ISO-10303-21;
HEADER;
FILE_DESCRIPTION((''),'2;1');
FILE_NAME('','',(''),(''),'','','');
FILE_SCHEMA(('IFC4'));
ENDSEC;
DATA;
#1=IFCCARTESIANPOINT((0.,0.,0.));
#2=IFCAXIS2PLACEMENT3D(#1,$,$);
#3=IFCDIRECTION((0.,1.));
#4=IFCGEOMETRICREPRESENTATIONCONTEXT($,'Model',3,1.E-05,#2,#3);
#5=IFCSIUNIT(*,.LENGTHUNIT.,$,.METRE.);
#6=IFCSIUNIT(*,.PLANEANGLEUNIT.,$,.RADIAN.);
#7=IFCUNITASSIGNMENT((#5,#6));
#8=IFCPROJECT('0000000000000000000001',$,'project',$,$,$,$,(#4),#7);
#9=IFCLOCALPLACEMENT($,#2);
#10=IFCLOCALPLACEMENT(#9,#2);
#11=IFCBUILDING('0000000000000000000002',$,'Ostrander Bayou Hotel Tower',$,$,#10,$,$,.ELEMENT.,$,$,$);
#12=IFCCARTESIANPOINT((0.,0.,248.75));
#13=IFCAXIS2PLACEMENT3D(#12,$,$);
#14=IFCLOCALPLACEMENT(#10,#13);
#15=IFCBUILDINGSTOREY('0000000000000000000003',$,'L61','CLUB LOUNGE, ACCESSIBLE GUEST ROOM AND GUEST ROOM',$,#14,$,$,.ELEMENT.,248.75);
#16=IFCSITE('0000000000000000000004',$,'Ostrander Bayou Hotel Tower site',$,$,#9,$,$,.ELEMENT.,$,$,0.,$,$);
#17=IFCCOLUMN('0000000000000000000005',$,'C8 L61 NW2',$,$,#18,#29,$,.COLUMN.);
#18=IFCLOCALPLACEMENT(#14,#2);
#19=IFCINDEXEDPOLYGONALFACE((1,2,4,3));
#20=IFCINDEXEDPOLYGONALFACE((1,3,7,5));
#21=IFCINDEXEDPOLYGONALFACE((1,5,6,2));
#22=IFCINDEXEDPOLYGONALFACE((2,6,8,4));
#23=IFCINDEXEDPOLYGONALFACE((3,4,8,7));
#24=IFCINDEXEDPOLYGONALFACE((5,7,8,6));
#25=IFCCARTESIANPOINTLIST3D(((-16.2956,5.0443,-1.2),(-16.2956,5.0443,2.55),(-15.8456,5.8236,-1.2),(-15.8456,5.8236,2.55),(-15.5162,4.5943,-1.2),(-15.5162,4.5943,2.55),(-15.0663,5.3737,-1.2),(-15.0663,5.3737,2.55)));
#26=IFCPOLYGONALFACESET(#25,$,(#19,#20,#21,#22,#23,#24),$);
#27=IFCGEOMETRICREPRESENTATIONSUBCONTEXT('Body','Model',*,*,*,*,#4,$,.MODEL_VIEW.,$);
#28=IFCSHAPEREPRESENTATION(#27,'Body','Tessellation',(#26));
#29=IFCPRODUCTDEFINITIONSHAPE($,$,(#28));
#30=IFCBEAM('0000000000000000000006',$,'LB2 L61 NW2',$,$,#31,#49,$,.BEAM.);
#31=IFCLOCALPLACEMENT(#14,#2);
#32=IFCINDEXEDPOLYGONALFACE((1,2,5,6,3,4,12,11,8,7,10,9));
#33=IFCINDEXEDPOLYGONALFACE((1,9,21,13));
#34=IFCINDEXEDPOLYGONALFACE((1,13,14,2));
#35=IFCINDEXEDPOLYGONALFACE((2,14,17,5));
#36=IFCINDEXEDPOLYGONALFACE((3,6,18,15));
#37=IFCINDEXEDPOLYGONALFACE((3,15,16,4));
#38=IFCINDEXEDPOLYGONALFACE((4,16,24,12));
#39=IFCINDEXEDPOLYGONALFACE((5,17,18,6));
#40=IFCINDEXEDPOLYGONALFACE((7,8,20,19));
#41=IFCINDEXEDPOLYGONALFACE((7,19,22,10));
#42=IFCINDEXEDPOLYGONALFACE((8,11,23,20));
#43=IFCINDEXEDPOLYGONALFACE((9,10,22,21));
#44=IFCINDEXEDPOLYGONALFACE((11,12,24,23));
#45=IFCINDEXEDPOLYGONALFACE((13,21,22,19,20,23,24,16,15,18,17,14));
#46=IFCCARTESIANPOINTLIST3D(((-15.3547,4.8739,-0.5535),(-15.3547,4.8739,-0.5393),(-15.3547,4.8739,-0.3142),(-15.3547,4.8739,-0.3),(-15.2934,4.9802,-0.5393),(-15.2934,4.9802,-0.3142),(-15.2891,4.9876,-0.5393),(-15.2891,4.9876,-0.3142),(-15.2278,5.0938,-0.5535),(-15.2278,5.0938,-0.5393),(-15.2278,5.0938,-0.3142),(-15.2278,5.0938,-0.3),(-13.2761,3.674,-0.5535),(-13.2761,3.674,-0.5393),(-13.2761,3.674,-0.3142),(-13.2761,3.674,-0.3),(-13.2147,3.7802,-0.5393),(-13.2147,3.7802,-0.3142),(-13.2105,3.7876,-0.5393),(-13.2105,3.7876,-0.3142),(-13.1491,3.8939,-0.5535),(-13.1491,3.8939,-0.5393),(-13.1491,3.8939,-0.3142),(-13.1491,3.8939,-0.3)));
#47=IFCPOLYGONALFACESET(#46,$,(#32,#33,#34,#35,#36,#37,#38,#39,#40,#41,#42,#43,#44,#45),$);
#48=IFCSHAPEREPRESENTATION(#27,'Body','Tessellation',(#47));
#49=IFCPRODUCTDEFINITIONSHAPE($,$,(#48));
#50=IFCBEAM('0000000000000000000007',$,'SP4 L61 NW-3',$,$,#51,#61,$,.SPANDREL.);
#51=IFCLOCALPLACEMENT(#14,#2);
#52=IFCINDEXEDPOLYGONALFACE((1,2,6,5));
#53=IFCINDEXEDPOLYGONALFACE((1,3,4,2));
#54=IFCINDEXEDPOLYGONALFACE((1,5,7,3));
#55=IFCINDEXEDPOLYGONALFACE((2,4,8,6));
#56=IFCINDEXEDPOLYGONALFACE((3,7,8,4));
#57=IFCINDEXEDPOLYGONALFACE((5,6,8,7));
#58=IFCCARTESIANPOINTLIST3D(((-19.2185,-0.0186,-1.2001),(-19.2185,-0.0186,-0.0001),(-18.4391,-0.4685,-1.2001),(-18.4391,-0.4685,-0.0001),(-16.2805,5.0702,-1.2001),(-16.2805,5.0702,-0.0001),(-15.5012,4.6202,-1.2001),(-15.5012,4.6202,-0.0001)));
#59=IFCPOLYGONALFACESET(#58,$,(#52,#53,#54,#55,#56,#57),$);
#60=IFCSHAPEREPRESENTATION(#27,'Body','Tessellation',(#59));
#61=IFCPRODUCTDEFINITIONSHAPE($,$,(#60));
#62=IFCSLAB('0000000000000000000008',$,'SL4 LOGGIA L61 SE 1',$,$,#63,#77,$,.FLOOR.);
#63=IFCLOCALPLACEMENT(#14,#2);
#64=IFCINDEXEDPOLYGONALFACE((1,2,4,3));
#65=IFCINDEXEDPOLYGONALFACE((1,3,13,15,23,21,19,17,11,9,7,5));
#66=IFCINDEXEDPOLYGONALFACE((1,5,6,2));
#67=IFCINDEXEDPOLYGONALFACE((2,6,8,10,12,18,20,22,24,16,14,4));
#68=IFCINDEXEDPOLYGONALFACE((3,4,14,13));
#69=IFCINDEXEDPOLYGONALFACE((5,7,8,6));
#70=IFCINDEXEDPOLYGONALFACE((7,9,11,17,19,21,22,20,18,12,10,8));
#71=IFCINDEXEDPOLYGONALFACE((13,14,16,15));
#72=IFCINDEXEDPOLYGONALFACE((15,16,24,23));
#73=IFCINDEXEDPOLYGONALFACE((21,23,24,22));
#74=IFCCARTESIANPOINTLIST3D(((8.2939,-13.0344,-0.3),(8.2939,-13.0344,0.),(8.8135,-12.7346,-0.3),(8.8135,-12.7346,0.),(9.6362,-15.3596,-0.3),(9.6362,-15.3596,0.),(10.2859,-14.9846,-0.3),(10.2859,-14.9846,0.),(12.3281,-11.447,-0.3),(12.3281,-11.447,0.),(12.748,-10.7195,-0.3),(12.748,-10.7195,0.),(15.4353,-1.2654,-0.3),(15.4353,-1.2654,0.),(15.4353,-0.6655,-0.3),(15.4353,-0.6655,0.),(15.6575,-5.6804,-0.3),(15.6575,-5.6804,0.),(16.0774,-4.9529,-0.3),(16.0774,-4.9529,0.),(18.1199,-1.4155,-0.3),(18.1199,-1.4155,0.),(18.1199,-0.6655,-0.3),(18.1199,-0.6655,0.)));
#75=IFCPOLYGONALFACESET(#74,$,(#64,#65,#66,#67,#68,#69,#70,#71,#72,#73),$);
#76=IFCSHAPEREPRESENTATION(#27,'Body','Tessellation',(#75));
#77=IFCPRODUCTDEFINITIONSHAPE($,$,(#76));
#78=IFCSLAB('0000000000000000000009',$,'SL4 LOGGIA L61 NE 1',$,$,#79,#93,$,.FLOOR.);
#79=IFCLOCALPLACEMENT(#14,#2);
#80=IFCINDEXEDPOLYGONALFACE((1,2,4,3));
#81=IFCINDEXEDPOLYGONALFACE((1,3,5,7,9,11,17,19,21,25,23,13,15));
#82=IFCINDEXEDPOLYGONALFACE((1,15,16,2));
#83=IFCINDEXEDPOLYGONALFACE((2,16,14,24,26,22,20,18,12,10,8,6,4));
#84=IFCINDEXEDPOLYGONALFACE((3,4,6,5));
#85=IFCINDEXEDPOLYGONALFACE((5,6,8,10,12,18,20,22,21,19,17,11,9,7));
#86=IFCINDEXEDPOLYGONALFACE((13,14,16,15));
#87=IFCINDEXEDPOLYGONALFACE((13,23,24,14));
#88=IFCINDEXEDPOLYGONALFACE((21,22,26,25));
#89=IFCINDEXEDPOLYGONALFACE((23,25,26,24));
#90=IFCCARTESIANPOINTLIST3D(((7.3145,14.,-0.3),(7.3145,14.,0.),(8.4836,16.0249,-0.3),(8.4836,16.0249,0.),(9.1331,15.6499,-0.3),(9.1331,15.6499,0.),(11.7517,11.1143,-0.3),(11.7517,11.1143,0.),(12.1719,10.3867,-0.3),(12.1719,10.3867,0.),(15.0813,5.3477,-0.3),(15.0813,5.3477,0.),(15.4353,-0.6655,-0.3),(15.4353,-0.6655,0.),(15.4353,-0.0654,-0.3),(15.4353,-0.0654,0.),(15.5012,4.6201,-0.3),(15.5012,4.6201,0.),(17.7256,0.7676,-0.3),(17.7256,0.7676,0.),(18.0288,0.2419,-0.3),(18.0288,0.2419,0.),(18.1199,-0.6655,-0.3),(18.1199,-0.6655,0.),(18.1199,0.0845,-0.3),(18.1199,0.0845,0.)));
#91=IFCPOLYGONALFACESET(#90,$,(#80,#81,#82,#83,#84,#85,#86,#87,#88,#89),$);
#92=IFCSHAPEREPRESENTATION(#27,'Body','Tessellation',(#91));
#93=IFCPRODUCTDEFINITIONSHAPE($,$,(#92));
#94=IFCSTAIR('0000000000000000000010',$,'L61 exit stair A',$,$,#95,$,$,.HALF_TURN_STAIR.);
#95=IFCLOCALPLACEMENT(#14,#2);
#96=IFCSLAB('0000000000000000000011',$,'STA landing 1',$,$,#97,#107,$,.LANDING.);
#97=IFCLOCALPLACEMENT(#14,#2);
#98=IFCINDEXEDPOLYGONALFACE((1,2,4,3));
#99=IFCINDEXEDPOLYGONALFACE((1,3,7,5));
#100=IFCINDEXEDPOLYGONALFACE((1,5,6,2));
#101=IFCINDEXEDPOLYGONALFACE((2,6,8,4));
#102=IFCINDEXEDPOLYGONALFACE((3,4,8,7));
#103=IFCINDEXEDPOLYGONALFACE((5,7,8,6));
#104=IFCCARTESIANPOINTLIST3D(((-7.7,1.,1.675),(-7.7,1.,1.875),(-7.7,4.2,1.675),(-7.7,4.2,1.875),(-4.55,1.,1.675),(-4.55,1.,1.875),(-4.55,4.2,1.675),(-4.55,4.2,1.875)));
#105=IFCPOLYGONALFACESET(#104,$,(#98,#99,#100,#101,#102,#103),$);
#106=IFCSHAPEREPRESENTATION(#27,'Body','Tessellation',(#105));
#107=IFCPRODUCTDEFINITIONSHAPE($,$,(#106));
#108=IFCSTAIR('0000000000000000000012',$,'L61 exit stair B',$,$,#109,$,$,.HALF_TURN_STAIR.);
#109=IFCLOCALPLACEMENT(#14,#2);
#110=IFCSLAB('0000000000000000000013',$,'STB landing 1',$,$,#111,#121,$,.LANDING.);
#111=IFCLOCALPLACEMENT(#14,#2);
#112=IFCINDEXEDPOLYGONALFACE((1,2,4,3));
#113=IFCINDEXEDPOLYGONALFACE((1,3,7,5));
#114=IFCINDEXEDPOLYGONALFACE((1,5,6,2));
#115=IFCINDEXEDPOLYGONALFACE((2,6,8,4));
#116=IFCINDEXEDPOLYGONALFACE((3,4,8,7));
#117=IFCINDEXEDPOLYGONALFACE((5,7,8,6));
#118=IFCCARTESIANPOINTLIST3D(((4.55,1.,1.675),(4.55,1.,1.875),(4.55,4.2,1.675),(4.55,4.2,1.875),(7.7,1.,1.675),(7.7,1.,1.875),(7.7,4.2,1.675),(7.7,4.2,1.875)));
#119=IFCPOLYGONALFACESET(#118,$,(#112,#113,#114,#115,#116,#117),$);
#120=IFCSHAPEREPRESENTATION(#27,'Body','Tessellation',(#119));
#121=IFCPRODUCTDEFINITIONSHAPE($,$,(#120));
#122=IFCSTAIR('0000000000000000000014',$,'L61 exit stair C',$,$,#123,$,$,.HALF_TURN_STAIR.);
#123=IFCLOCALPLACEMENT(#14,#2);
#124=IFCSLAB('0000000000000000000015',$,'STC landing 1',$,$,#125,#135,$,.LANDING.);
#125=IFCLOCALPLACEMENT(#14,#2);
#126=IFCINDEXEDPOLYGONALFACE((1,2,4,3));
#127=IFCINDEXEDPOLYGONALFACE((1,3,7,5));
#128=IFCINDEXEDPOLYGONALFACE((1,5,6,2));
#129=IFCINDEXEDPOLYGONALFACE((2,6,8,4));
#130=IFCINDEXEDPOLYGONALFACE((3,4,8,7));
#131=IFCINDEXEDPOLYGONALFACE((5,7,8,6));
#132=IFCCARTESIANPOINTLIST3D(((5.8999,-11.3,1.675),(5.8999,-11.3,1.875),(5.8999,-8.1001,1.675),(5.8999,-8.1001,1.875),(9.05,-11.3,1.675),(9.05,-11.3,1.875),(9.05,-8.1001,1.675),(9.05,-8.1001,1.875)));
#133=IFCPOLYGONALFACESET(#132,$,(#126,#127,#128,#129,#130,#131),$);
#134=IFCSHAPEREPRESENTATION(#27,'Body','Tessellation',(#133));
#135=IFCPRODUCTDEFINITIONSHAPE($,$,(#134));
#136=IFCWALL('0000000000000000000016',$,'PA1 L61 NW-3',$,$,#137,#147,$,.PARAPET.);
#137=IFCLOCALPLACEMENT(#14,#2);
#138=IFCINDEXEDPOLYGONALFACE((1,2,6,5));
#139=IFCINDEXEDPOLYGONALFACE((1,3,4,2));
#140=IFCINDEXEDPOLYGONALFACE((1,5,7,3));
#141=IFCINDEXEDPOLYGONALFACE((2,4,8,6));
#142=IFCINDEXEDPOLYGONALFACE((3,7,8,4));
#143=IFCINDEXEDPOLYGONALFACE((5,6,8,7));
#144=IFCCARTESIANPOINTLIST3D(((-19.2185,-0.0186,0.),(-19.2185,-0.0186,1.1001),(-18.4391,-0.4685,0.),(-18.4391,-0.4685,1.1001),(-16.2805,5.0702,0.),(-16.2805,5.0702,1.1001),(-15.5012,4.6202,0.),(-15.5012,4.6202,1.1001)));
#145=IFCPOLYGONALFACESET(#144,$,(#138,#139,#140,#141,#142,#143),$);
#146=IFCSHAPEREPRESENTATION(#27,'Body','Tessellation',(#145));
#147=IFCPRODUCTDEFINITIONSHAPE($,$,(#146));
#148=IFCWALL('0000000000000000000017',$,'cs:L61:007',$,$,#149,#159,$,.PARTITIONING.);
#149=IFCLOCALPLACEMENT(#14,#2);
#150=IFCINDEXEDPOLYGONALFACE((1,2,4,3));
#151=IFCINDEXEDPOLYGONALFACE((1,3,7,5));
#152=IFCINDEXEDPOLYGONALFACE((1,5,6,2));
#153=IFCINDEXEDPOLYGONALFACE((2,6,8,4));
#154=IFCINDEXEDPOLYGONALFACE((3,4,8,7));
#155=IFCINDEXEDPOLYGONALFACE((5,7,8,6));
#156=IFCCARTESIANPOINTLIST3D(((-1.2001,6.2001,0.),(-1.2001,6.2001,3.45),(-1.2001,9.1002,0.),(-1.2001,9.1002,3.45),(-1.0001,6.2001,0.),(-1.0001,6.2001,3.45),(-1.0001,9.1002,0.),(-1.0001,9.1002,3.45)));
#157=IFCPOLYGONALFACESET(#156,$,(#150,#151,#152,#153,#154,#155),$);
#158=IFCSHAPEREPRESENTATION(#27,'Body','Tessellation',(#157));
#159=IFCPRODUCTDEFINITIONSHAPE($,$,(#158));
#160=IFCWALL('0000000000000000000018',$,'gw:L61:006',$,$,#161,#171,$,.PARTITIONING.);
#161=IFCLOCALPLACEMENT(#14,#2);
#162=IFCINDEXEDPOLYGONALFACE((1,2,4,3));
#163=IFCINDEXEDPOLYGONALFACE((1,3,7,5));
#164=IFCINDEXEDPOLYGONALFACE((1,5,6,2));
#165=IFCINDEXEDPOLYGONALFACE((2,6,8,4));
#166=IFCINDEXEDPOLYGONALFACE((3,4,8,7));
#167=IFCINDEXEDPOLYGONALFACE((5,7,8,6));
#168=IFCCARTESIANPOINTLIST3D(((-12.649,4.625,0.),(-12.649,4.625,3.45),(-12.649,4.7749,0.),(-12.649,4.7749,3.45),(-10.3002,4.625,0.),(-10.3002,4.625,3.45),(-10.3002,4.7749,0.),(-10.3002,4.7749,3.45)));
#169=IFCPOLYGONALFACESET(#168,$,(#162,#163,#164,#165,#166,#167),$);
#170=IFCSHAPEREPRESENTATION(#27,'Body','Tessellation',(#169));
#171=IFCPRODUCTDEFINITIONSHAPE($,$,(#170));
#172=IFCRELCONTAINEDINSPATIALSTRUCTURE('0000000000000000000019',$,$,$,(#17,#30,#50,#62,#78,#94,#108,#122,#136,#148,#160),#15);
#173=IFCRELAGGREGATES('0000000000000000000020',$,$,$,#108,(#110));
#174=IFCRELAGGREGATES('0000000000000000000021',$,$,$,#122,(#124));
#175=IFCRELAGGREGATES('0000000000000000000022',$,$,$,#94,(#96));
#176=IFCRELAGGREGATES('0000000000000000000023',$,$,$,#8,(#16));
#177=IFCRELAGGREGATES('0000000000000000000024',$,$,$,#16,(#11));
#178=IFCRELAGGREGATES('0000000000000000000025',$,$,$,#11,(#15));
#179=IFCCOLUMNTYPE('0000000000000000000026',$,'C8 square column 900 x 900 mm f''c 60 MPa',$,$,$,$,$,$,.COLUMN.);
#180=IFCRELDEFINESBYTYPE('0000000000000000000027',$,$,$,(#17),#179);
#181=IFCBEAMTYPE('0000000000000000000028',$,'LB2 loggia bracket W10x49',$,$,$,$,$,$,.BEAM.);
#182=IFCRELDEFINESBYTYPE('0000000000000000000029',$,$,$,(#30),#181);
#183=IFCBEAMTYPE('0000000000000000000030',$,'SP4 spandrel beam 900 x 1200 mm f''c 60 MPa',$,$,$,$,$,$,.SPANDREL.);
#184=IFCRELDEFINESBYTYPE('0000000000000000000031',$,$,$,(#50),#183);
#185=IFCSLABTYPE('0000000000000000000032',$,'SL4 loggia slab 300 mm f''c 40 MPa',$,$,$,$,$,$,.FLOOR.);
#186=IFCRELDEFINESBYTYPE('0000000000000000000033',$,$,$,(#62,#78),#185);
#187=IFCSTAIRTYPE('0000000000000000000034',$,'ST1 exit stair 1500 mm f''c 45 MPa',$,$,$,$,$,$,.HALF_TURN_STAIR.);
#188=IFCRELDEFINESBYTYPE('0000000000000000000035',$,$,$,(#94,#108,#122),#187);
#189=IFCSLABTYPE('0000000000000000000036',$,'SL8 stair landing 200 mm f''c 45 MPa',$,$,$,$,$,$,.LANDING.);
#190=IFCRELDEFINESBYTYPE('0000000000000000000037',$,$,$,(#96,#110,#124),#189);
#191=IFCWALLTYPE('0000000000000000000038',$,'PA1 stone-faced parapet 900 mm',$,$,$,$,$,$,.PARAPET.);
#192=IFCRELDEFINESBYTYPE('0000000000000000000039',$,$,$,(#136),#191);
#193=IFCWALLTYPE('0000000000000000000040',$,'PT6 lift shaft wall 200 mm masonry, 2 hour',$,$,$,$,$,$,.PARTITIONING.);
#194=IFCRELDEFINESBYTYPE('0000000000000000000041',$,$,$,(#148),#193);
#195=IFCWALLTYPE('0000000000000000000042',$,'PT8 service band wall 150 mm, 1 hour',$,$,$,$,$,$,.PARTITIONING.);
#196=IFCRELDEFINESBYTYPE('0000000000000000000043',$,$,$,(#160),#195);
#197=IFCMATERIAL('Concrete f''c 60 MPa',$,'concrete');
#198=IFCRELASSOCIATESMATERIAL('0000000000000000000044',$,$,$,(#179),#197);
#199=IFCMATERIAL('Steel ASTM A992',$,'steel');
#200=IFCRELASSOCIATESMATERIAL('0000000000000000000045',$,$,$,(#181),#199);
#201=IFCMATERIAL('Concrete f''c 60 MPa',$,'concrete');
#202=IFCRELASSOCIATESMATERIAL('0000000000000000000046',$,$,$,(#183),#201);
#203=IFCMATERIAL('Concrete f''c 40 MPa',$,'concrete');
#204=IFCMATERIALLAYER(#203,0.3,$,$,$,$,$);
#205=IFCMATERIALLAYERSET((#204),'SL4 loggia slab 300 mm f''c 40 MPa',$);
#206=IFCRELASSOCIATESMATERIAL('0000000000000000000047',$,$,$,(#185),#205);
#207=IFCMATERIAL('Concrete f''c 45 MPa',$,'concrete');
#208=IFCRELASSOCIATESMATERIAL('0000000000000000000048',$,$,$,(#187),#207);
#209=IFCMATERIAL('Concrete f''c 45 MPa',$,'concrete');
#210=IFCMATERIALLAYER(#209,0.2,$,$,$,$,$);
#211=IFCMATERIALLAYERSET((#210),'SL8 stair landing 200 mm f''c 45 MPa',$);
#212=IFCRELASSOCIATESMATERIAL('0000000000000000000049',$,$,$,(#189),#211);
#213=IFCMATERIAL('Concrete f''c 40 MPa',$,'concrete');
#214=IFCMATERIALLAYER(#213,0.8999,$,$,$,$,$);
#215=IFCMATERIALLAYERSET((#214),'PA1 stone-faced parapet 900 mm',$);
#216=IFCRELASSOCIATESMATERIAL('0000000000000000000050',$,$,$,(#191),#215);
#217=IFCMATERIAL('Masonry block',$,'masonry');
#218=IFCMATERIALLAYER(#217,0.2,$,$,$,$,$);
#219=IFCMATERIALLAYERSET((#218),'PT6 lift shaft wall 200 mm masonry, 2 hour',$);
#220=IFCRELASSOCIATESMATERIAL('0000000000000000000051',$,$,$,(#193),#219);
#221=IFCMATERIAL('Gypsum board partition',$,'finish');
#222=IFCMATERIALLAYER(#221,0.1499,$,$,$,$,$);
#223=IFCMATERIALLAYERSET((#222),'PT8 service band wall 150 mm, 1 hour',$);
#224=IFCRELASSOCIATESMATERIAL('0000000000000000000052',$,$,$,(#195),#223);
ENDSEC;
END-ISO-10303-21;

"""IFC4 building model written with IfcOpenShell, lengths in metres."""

from ifc_helpers import new_model, si_unit, direction, frame, frame_2d, origin, origin_2d, place, context, subcontext, project, spatial, polyline, rectangle, i_section, outline, extrude, material, layer, layer_set, material_profile, profile_set, type_object, element, aggregate, save


model = new_model("IFC4")

# Units and contexts
model_context = context("Model", 3, precision=1e-05, world=origin(), true_north=direction((0.0, 1.0)))
body_context = subcontext(model_context, "Body", "Model", "MODEL_VIEW")
ifc_project = project(units=[si_unit("LENGTHUNIT", "METRE"), si_unit("PLANEANGLEUNIT", "RADIAN")], contexts=[model_context])

# Site, building, storey
site_placement = place(None, origin())
site = spatial("IfcSite", under=ifc_project, at=site_placement, Name="Ostrander Bayou Hotel Tower site", CompositionType="ELEMENT", RefElevation=0.0)
building_placement = place(site_placement, origin())
building = spatial("IfcBuilding", under=site, at=building_placement, Name="Ostrander Bayou Hotel Tower", CompositionType="ELEMENT")
storey_placement = place(building_placement, frame((0.0, 0.0, 248.75)))
storey = spatial("IfcBuildingStorey", under=building, at=storey_placement, Name="L61", Description="CLUB LOUNGE, ACCESSIBLE GUEST ROOM AND GUEST ROOM", CompositionType="ELEMENT", Elevation=248.75)

# Column
ifc_material_1 = material(Name="Concrete f'c 60 MPa", Category="concrete")
ifc_material_profile_1 = material_profile(ifc_material_1, rectangle(XDim=0.8999, YDim=0.8999, at=origin_2d()))
ifc_profile_set_1 = profile_set([ifc_material_profile_1], Name="Concrete f'c 60 MPa")
column_type = type_object("IfcColumnType", Name="C8 square column 900 x 900 mm f'c 60 MPa", PredefinedType="COLUMN", material=ifc_profile_set_1)
column_placement = place(storey_placement, frame((-15.6809, 5.209, -1.2), z_axis=(0.0, 0.0, 1.0), x_axis=(0.5, 0.866025, 0.0)))
element("IfcColumn", 1, at=column_placement, inside=storey, type_object=column_type, Name="C8 L61 NW2", PredefinedType="COLUMN", context=body_context, shape_type="SweptSolid", body=[
    extrude(rectangle(XDim=0.8999, YDim=0.8999, at=origin_2d()), origin(), (0.0, 0.0, 1.0), 3.75),
])

# Beams
ifc_material_2 = material(Name="Steel ASTM A992", Category="steel")
ifc_material_profile_2 = material_profile(ifc_material_2, i_section(OverallWidth=0.2539, OverallDepth=0.2534, WebThickness=0.0085, FlangeThickness=0.0142, at=origin_2d()))
ifc_profile_set_2 = profile_set([ifc_material_profile_2], Name="Steel ASTM A992")
beam_type_1 = type_object("IfcBeamType", Name="LB2 loggia bracket W10x49", PredefinedType="BEAM", material=ifc_profile_set_2)
beam_1_placement = place(storey_placement, frame((-15.2913, 4.9839, -0.4268), z_axis=(0.86605, -0.499957, 0.0), x_axis=(0.499957, 0.86605, 0.0)))
element("IfcBeam", 2, at=beam_1_placement, inside=storey, type_object=beam_type_1, Name="LB2 L61 NW2", PredefinedType="BEAM", context=body_context, shape_type="SweptSolid", body=[
    extrude(i_section(OverallWidth=0.2539, OverallDepth=0.2534, WebThickness=0.0085, FlangeThickness=0.0142, at=origin_2d()), origin(), (0.0, 0.0, 1.0), 2.4001),
])
ifc_material_3 = material(Name="Concrete f'c 60 MPa", Category="concrete")
ifc_material_profile_3 = material_profile(ifc_material_3, rectangle(XDim=0.8999, YDim=1.2, at=origin_2d()))
ifc_profile_set_3 = profile_set([ifc_material_profile_3], Name="Concrete f'c 60 MPa")
beam_type_2 = type_object("IfcBeamType", Name="SP4 spandrel beam 900 x 1200 mm f'c 60 MPa", PredefinedType="SPANDREL", material=ifc_profile_set_3)
beam_2_placement = place(storey_placement, frame((-15.8909, 4.8452, -0.6001), z_axis=(-0.499991, -0.866031, 0.0), x_axis=(0.866031, -0.499991, 0.0)))
element("IfcBeam", 3, at=beam_2_placement, inside=storey, type_object=beam_type_2, Name="SP4 L61 NW-3", PredefinedType="SPANDREL", context=body_context, shape_type="SweptSolid", body=[
    extrude(rectangle(XDim=0.8999, YDim=1.2, at=origin_2d()), origin(), (0.0, 0.0, 1.0), 5.876),
])

# Slabs
ifc_material_4 = material(Name="Concrete f'c 40 MPa", Category="concrete")
ifc_layer_1 = layer(ifc_material_4, 0.3)
ifc_layer_set_1 = layer_set([ifc_layer_1], Name="SL4 loggia slab 300 mm f'c 40 MPa")
slab_type_1 = type_object("IfcSlabType", Name="SL4 loggia slab 300 mm f'c 40 MPa", PredefinedType="FLOOR", material=ifc_layer_set_1)
slab_1_placement = place(storey_placement, frame((0.0, 0.0, -0.3)))
element("IfcSlab", 4, at=slab_1_placement, inside=storey, type_object=slab_type_1, Name="SL4 LOGGIA L61 SE 1", PredefinedType="FLOOR", context=body_context, shape_type="SweptSolid", body=[
    extrude(outline(polyline([(15.4353, -0.6655), (18.1199, -0.6655), (18.1199, -1.4155), (16.0774, -4.9529), (15.6575, -5.6804), (12.748, -10.7195), (12.3281, -11.447), (10.2859, -14.9846), (9.6362, -15.3596), (8.2939, -13.0344), (8.8135, -12.7346), (15.4353, -1.2654), (15.4353, -0.6655)])), origin(), (0.0, 0.0, 1.0), 0.3),
])
slab_2_placement = place(storey_placement, frame((0.0, 0.0, -0.3)))
element("IfcSlab", 5, at=slab_2_placement, inside=storey, type_object=slab_type_1, Name="SL4 LOGGIA L61 NE 1", PredefinedType="FLOOR", context=body_context, shape_type="SweptSolid", body=[
    extrude(outline(polyline([(8.4836, 16.0249), (9.1331, 15.6499), (11.7517, 11.1143), (12.1719, 10.3867), (15.0813, 5.3477), (15.5012, 4.6201), (17.7256, 0.7676), (18.0288, 0.2419), (18.1199, 0.0845), (18.1199, -0.6655), (15.4353, -0.6655), (15.4353, -0.0654), (7.3145, 14.0), (8.4836, 16.0249)])), origin(), (0.0, 0.0, 1.0), 0.3),
])

# Stairs, slabs
ifc_material_5 = material(Name="Concrete f'c 45 MPa", Category="concrete")
stair_type = type_object("IfcStairType", Name="ST1 exit stair 1500 mm f'c 45 MPa", PredefinedType="HALF_TURN_STAIR", material=ifc_material_5)
stair_1_placement = place(storey_placement, origin())
stair_1 = element("IfcStair", 6, at=stair_1_placement, inside=storey, type_object=stair_type, Name="L61 exit stair A", PredefinedType="HALF_TURN_STAIR")
ifc_material_6 = material(Name="Concrete f'c 45 MPa", Category="concrete")
ifc_layer_2 = layer(ifc_material_6, 0.2)
ifc_layer_set_2 = layer_set([ifc_layer_2], Name="SL8 stair landing 200 mm f'c 45 MPa")
slab_type_2 = type_object("IfcSlabType", Name="SL8 stair landing 200 mm f'c 45 MPa", PredefinedType="LANDING", material=ifc_layer_set_2)
slab_3_placement = place(storey_placement, frame((0.0, 0.0, 1.675)))
slab_3 = element("IfcSlab", 7, at=slab_3_placement, type_object=slab_type_2, Name="STA landing 1", PredefinedType="LANDING", context=body_context, shape_type="SweptSolid", body=[
    extrude(outline(polyline([(-7.7, 4.2), (-7.7, 1.0), (-4.55, 1.0), (-4.55, 4.2), (-7.7, 4.2)])), origin(), (0.0, 0.0, 1.0), 0.2),
])
stair_2_placement = place(storey_placement, origin())
stair_2 = element("IfcStair", 8, at=stair_2_placement, inside=storey, type_object=stair_type, Name="L61 exit stair B", PredefinedType="HALF_TURN_STAIR")
slab_4_placement = place(storey_placement, frame((0.0, 0.0, 1.675)))
slab_4 = element("IfcSlab", 9, at=slab_4_placement, type_object=slab_type_2, Name="STB landing 1", PredefinedType="LANDING", context=body_context, shape_type="SweptSolid", body=[
    extrude(outline(polyline([(4.55, 4.2), (4.55, 1.0), (7.7, 1.0), (7.7, 4.2), (4.55, 4.2)])), origin(), (0.0, 0.0, 1.0), 0.2),
])
aggregate(stair_2, [slab_4])
stair_3_placement = place(storey_placement, origin())
stair_3 = element("IfcStair", 10, at=stair_3_placement, inside=storey, type_object=stair_type, Name="L61 exit stair C", PredefinedType="HALF_TURN_STAIR")
slab_5_placement = place(storey_placement, frame((0.0, 0.0, 1.675)))
slab_5 = element("IfcSlab", 11, at=slab_5_placement, type_object=slab_type_2, Name="STC landing 1", PredefinedType="LANDING", context=body_context, shape_type="SweptSolid", body=[
    extrude(outline(polyline([(5.8999, -8.1001), (5.8999, -11.3), (9.05, -11.3), (9.05, -8.1001), (5.8999, -8.1001)])), origin(), (0.0, 0.0, 1.0), 0.2),
])
aggregate(stair_3, [slab_5])

# Wall
ifc_material_7 = material(Name="Concrete f'c 40 MPa", Category="concrete")
ifc_layer_3 = layer(ifc_material_7, 0.8999)
ifc_layer_set_3 = layer_set([ifc_layer_3], Name="PA1 stone-faced parapet 900 mm")
wall_type_1 = type_object("IfcWallType", Name="PA1 stone-faced parapet 900 mm", PredefinedType="PARAPET", material=ifc_layer_set_3)
wall_1_placement = place(storey_placement, frame((-15.8909, 4.8452, 0.0), z_axis=(0.0, 0.0, 1.0), x_axis=(-0.499991, -0.866031, 0.0)))
element("IfcWall", 12, at=wall_1_placement, inside=storey, type_object=wall_type_1, Name="PA1 L61 NW-3", PredefinedType="PARAPET", context=body_context, shape_type="SweptSolid", body=[
    extrude(rectangle(XDim=5.876, YDim=0.8999, at=frame_2d((2.938, 0.0))), origin(), (0.0, 0.0, 1.0), 1.1001),
])

# Shared definitions
ifc_material_8 = material(Name="Masonry block", Category="masonry")
ifc_layer_4 = layer(ifc_material_8, 0.2)
ifc_layer_set_4 = layer_set([ifc_layer_4], Name="PT6 lift shaft wall 200 mm masonry, 2 hour")
wall_type_2 = type_object("IfcWallType", Name="PT6 lift shaft wall 200 mm masonry, 2 hour", PredefinedType="PARTITIONING", material=ifc_layer_set_4)

# Walls
wall_2_placement = place(storey_placement, frame((-1.1001, 6.2, 0.0), z_axis=(0.0, 0.0, 1.0), x_axis=(0.0, 1.0, 0.0)))
element("IfcWall", 13, at=wall_2_placement, inside=storey, type_object=wall_type_2, Name="cs:L61:007", PredefinedType="PARTITIONING", context=body_context, shape_type="SweptSolid", body=[
    extrude(rectangle(XDim=2.9001, YDim=0.2, at=frame_2d((1.4502, 0.0))), origin(), (0.0, 0.0, 1.0), 3.45),
])
ifc_material_9 = material(Name="Gypsum board partition", Category="finish")
ifc_layer_5 = layer(ifc_material_9, 0.1499)
ifc_layer_set_5 = layer_set([ifc_layer_5], Name="PT8 service band wall 150 mm, 1 hour")
wall_type_3 = type_object("IfcWallType", Name="PT8 service band wall 150 mm, 1 hour", PredefinedType="PARTITIONING", material=ifc_layer_set_5)
wall_3_placement = place(storey_placement, frame((-12.6489, 4.7, 0.0), z_axis=(0.0, 0.0, 1.0), x_axis=(1.0, 0.0, 0.0)))
element("IfcWall", 14, at=wall_3_placement, inside=storey, type_object=wall_type_3, Name="gw:L61:006", PredefinedType="PARTITIONING", context=body_context, shape_type="SweptSolid", body=[
    extrude(rectangle(XDim=2.3489, YDim=0.1499, at=frame_2d((1.1743, 0.0))), origin(), (0.0, 0.0, 1.0), 3.45),
])

aggregate(stair_1, [slab_3])

save(model, "model.ifc")
